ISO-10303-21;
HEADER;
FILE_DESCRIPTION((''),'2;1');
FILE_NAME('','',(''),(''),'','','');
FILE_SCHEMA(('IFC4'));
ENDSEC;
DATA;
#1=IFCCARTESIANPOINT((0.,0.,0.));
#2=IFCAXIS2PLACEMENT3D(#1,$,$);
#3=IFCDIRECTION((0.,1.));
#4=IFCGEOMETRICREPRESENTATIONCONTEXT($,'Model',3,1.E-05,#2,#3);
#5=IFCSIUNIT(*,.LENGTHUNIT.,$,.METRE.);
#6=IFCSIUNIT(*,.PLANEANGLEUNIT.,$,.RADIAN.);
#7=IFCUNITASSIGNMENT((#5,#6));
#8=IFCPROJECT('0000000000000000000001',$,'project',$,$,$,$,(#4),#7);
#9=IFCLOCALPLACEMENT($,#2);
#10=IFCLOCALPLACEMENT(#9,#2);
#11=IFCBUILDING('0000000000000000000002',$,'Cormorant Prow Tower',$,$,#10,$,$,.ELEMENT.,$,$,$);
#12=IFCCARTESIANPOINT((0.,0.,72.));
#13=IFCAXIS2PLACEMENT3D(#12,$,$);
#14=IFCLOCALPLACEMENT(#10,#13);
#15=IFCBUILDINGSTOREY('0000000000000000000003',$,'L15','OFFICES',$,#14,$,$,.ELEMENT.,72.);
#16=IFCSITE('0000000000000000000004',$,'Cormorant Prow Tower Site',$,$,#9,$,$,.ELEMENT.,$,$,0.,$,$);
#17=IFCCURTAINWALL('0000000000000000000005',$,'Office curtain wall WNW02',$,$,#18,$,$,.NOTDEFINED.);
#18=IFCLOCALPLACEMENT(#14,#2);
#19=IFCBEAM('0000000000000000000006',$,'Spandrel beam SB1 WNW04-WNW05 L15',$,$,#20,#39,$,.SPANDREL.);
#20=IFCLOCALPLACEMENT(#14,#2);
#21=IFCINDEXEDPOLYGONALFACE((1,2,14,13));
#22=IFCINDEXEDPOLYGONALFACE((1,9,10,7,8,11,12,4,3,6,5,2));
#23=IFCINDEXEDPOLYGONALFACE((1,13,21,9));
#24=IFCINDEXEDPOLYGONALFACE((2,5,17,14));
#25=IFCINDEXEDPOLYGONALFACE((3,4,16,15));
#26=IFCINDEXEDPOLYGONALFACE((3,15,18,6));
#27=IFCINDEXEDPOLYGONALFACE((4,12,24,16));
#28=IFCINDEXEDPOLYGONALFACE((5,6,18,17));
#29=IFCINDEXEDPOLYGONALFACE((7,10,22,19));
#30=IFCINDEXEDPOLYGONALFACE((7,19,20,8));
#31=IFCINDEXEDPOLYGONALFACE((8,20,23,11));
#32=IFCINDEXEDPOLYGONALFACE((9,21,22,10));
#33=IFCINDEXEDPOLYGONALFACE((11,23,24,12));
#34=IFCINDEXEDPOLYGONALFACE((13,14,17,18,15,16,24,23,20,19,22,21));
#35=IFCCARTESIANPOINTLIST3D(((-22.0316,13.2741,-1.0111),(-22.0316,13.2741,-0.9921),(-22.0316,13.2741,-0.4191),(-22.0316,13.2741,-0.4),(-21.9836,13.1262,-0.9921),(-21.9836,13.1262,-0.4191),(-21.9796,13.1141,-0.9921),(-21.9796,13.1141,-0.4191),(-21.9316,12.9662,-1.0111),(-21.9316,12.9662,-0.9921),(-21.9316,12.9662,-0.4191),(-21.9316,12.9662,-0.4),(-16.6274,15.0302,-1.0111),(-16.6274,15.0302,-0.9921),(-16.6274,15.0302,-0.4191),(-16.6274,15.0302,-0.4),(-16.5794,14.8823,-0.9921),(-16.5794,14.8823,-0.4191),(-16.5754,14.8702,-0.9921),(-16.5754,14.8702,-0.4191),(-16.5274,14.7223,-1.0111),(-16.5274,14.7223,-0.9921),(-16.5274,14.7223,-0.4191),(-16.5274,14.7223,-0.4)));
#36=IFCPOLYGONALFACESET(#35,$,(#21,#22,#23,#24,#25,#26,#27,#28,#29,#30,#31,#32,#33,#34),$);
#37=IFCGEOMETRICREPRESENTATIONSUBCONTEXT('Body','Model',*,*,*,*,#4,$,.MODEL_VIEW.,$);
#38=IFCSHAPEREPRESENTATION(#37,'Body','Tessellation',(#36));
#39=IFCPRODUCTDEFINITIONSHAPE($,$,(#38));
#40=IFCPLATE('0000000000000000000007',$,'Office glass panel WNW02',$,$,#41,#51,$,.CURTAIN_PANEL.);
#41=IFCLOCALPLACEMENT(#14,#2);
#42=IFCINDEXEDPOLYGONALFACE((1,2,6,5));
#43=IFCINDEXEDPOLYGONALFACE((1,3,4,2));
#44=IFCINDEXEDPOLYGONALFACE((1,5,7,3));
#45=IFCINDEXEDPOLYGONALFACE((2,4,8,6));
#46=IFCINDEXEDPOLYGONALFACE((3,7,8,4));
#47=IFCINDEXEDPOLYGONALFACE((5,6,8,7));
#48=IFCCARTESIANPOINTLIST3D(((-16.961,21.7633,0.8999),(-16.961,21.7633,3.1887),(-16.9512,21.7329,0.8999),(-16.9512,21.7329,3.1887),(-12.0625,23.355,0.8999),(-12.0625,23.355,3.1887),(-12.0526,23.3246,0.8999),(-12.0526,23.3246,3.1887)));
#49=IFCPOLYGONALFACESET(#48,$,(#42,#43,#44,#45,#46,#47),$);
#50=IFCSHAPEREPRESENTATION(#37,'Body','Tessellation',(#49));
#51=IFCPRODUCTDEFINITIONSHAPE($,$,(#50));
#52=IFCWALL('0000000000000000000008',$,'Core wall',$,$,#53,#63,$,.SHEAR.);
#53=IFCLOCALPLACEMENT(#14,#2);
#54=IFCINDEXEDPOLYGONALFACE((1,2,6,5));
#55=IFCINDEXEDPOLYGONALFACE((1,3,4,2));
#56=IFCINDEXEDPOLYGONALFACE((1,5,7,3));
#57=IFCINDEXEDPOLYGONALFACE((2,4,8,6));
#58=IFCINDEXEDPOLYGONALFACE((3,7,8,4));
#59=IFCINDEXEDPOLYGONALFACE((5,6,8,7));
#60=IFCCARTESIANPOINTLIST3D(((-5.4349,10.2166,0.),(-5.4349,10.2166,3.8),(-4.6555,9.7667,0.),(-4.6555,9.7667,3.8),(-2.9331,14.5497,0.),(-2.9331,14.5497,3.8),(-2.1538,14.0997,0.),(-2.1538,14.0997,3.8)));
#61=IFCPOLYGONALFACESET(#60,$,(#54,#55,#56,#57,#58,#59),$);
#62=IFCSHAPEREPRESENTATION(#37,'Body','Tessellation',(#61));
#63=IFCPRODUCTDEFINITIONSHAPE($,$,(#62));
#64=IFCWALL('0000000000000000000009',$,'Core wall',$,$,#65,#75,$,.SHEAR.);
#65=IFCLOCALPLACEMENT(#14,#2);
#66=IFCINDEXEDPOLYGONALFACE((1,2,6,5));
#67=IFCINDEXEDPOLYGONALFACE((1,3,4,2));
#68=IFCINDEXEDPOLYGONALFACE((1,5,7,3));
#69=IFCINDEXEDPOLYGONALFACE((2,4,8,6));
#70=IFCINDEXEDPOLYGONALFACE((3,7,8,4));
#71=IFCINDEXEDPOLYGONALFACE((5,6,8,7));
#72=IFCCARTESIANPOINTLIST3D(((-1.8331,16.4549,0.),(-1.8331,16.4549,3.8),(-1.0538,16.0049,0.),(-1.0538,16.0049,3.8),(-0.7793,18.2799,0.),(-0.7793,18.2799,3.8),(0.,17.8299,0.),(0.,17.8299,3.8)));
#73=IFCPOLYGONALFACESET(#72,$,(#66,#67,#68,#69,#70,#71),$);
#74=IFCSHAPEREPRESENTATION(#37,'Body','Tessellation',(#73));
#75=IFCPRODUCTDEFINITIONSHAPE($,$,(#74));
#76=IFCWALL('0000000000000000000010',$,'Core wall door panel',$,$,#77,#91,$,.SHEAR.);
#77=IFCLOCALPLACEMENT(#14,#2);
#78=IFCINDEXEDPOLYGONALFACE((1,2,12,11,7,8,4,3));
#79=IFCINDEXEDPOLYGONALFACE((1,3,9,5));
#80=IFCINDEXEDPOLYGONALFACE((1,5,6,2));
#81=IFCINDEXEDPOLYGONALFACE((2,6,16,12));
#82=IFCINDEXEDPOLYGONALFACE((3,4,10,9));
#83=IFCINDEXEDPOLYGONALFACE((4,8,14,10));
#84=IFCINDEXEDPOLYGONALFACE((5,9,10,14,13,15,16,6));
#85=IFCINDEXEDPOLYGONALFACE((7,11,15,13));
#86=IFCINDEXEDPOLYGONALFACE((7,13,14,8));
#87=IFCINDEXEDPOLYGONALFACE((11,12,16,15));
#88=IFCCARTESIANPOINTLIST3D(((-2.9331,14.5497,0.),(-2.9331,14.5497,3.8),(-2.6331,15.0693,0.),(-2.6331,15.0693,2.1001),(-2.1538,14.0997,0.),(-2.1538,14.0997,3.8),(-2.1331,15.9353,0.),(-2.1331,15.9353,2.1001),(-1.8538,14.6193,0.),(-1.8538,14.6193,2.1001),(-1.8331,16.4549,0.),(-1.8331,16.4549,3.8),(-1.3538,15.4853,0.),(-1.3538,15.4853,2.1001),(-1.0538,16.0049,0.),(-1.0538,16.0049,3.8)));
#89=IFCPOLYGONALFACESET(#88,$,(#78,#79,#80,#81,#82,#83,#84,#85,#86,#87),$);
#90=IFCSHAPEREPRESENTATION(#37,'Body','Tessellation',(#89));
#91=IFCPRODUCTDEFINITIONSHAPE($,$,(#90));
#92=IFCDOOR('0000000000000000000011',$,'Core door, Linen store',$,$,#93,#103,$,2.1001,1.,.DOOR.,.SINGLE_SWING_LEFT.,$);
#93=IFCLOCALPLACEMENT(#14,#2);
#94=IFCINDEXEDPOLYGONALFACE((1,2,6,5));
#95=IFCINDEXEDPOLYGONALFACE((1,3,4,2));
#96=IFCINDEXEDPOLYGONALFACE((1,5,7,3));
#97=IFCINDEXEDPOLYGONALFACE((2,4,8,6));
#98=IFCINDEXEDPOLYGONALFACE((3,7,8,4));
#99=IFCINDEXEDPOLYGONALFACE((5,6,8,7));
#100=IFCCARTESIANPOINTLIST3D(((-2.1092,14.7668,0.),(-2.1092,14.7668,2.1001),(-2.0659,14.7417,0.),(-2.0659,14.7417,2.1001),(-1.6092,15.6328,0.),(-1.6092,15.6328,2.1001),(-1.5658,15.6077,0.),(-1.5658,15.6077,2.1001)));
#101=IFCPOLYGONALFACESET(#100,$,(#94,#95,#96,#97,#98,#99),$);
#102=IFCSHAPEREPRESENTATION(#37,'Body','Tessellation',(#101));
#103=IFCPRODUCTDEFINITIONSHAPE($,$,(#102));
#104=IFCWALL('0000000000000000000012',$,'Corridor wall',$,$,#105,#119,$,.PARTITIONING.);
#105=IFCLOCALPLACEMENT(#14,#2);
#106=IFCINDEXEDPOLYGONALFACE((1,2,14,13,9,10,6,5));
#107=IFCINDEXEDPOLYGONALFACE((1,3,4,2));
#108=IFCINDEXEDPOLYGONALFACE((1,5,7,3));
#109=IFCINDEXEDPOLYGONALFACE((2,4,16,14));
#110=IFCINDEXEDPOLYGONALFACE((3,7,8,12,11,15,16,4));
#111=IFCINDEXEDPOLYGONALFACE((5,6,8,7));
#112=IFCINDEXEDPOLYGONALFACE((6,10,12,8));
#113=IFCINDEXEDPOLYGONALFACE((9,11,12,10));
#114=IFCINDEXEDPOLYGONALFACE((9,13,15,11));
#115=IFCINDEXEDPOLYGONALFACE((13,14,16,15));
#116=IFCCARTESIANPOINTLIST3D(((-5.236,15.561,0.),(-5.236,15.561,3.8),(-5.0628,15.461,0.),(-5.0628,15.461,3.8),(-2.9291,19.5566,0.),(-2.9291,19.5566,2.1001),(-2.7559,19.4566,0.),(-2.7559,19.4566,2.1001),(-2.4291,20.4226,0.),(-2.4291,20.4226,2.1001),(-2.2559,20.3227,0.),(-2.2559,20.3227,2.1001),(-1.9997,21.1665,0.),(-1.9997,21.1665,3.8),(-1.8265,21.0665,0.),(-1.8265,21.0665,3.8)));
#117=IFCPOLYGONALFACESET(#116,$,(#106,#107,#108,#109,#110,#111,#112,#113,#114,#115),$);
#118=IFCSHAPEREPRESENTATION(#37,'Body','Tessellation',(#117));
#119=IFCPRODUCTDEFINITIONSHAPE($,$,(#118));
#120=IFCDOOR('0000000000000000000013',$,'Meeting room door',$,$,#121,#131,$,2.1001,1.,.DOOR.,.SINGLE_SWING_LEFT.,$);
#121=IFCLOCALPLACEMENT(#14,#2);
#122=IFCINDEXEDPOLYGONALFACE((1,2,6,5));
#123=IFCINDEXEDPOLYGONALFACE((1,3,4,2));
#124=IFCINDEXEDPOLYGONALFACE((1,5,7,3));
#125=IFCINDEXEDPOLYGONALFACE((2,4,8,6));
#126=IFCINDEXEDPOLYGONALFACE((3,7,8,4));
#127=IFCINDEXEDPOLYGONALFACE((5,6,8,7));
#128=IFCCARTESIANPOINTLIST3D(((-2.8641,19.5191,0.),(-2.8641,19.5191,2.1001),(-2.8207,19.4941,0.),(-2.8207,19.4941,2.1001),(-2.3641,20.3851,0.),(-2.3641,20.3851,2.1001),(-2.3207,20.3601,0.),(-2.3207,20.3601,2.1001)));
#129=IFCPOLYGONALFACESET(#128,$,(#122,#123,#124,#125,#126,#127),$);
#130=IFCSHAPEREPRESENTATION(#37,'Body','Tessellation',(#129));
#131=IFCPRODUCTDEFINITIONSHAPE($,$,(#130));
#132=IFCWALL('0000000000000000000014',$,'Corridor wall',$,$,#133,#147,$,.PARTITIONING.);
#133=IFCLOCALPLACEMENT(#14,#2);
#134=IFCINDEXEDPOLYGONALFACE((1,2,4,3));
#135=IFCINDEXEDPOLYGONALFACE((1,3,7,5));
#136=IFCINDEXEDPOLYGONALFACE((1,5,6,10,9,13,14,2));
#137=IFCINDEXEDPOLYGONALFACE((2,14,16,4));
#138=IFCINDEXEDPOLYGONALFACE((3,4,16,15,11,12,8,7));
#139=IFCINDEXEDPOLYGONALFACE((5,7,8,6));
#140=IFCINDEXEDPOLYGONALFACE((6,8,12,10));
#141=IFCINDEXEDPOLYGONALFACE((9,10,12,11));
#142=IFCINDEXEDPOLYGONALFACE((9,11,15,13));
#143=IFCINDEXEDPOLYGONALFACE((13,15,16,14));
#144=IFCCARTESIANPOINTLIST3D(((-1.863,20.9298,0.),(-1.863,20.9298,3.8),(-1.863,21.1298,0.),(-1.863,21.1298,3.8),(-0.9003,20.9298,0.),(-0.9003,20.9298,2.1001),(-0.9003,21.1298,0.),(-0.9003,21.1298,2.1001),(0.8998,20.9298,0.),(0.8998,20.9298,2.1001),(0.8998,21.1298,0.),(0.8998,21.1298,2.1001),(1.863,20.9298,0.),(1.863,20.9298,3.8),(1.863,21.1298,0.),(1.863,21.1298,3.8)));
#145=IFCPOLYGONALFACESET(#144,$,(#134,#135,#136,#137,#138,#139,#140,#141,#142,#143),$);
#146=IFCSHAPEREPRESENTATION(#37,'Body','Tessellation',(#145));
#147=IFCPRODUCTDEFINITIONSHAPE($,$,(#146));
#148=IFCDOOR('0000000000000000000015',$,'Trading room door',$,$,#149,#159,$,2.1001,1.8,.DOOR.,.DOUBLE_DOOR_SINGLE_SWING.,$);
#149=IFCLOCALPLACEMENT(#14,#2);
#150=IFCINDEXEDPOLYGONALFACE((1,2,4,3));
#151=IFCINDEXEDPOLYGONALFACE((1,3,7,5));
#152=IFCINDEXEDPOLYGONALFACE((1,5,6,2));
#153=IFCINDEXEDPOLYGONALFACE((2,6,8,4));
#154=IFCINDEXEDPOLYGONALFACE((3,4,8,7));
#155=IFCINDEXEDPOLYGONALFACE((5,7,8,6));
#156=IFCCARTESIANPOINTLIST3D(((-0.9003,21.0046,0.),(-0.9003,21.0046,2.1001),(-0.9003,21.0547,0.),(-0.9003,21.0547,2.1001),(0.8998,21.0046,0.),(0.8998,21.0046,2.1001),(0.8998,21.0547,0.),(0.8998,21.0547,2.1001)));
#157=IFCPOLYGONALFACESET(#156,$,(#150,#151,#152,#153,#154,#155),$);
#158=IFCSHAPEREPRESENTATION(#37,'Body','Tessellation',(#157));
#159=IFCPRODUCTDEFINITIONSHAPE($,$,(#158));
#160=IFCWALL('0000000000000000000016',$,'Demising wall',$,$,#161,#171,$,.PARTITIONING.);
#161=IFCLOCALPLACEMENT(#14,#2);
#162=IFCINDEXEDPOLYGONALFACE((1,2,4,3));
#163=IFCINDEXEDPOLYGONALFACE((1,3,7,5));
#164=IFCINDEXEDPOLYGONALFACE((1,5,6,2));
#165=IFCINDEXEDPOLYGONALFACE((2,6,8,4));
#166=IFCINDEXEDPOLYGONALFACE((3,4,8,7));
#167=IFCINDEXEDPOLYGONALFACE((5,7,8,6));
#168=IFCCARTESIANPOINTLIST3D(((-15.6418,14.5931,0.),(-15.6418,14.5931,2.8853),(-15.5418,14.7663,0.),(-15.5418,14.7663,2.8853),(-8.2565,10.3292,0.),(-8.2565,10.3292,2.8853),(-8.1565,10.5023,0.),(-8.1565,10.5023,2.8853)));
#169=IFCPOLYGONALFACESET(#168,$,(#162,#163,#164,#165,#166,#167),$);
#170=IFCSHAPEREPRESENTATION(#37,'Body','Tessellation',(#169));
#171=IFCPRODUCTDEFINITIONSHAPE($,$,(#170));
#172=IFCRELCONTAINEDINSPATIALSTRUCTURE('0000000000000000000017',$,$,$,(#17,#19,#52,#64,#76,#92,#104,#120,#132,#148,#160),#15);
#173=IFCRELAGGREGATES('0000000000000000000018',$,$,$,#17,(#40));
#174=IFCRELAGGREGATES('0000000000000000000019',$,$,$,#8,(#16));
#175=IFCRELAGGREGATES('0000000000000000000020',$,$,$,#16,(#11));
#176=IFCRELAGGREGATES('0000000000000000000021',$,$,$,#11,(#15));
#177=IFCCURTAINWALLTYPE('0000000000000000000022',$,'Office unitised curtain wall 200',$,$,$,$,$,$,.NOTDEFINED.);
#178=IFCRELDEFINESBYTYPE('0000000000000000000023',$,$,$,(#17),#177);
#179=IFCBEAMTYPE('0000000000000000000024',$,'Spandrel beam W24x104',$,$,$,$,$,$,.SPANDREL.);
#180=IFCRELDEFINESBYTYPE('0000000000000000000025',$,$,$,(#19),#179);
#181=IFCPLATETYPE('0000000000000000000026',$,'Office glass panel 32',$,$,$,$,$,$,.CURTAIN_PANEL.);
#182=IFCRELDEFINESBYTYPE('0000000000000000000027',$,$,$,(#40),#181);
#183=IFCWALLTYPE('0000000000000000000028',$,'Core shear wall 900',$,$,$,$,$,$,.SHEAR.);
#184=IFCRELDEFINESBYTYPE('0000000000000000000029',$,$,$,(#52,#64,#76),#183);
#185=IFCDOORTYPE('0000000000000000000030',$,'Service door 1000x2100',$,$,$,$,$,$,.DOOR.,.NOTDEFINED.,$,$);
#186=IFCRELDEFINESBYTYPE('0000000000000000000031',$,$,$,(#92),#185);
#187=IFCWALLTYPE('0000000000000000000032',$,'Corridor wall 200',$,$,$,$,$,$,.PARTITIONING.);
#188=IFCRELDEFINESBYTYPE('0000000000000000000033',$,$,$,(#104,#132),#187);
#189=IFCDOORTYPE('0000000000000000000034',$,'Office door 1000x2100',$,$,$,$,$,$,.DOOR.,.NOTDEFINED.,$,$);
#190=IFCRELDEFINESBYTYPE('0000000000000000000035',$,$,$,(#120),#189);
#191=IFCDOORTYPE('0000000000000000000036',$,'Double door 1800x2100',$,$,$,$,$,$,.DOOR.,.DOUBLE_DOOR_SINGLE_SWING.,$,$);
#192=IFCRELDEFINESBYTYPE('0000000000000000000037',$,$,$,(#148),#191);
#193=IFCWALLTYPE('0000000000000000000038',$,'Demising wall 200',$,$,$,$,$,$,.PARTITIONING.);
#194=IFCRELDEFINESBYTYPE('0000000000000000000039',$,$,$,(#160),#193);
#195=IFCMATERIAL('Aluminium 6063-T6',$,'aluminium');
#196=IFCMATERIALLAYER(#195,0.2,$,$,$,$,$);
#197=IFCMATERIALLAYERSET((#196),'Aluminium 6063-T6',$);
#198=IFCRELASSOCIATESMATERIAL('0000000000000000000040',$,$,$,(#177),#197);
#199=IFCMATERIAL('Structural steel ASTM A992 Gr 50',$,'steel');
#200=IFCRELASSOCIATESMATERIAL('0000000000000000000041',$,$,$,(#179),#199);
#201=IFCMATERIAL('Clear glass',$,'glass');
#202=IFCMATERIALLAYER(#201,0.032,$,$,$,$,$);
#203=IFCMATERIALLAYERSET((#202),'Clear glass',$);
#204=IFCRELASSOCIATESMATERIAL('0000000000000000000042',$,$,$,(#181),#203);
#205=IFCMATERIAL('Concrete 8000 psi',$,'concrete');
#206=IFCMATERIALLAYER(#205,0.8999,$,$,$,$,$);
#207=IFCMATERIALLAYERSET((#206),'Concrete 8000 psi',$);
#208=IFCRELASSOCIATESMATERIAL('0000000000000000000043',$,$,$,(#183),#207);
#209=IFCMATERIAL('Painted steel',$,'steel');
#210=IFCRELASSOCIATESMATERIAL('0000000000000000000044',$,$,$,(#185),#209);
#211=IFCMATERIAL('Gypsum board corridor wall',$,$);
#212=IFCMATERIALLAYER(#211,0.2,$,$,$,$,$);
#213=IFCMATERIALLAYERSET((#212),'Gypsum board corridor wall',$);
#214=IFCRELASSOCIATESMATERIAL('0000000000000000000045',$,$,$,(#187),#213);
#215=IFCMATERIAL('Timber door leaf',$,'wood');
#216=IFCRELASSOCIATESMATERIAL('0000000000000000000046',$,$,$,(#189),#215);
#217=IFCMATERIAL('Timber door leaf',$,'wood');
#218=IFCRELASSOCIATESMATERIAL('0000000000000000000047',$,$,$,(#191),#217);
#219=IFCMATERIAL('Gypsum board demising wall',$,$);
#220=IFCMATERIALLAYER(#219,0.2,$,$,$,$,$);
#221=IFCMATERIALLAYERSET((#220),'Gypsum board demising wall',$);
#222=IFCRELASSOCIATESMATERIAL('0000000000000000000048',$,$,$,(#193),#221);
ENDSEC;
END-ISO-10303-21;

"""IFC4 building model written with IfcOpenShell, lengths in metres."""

from ifc_helpers import new_model, si_unit, direction, frame, frame_2d, origin, origin_2d, place, context, subcontext, project, spatial, rectangle, i_section, extrude, material, layer, layer_set, material_profile, profile_set, type_object, element, fill, aggregate, save


model = new_model("IFC4")

# Units and contexts
model_context = context("Model", 3, precision=1e-05, world=origin(), true_north=direction((0.0, 1.0)))
body_context = subcontext(model_context, "Body", "Model", "MODEL_VIEW")
ifc_project = project(units=[si_unit("LENGTHUNIT", "METRE"), si_unit("PLANEANGLEUNIT", "RADIAN")], contexts=[model_context])

# Site, building, storey
site_placement = place(None, origin())
site = spatial("IfcSite", under=ifc_project, at=site_placement, Name="Cormorant Prow Tower Site", CompositionType="ELEMENT", RefElevation=0.0)
building_placement = place(site_placement, origin())
building = spatial("IfcBuilding", under=site, at=building_placement, Name="Cormorant Prow Tower", CompositionType="ELEMENT")
storey_placement = place(building_placement, frame((0.0, 0.0, 72.0)))
storey = spatial("IfcBuildingStorey", under=building, at=storey_placement, Name="L15", Description="OFFICES", CompositionType="ELEMENT", Elevation=72.0)

# Curtain wall
ifc_material_1 = material(Name="Aluminium 6063-T6", Category="aluminium")
ifc_layer_1 = layer(ifc_material_1, 0.2)
ifc_layer_set_1 = layer_set([ifc_layer_1], Name="Aluminium 6063-T6")
curtain_wall_type = type_object("IfcCurtainWallType", Name="Office unitised curtain wall 200", PredefinedType="NOTDEFINED", material=ifc_layer_set_1)
curtain_wall_1_placement = place(storey_placement, origin())
curtain_wall_1 = element("IfcCurtainWall", 1, at=curtain_wall_1_placement, inside=storey, type_object=curtain_wall_type, Name="Office curtain wall WNW02", PredefinedType="NOTDEFINED")

# Beam
ifc_material_2 = material(Name="Structural steel ASTM A992 Gr 50", Category="steel")
ifc_material_profile_1 = material_profile(ifc_material_2, i_section(OverallWidth=0.3237, OverallDepth=0.6111, WebThickness=0.0127, FlangeThickness=0.019, at=origin_2d()), Name="W24x104")
ifc_profile_set_1 = profile_set([ifc_material_profile_1], Name="Structural steel ASTM A992 Gr 50")
beam_type_1 = type_object("IfcBeamType", Name="Spandrel beam W24x104", PredefinedType="SPANDREL", material=ifc_profile_set_1)
beam_1_placement = place(storey_placement, frame((-16.5774, 14.8762, -0.7056), z_axis=(-0.951049, -0.309039, 0.0), x_axis=(0.309039, -0.951049, 0.0)))
element("IfcBeam", 2, at=beam_1_placement, inside=storey, type_object=beam_type_1, Name="Spandrel beam SB1 WNW04-WNW05 L15", PredefinedType="SPANDREL", context=body_context, shape_type="SweptSolid", body=[
    extrude(i_section(OverallWidth=0.3237, OverallDepth=0.6111, WebThickness=0.0127, FlangeThickness=0.019, at=origin_2d()), origin(), (0.0, 0.0, 1.0), 5.6824),
])

# Plate
ifc_material_3 = material(Name="Clear glass", Category="glass")
ifc_layer_2 = layer(ifc_material_3, 0.032)
ifc_layer_set_2 = layer_set([ifc_layer_2], Name="Clear glass")
plate_type = type_object("IfcPlateType", Name="Office glass panel 32", PredefinedType="CURTAIN_PANEL", material=ifc_layer_set_2)
plate_placement = place(storey_placement, frame((-14.5068, 22.5439, 0.8999), z_axis=(0.0, 0.0, 1.0), x_axis=(-0.951057, -0.309017, 0.0)))
plate = element("IfcPlate", 3, at=plate_placement, type_object=plate_type, Name="Office glass panel WNW02", PredefinedType="CURTAIN_PANEL", context=body_context, shape_type="SweptSolid", body=[
    extrude(rectangle(XDim=5.1506, YDim=0.032, at=origin_2d()), origin(), (0.0, 0.0, 1.0), 2.2888),
])
aggregate(curtain_wall_1, [plate])

# Walls
ifc_material_4 = material(Name="Concrete 8000 psi", Category="concrete")
ifc_layer_3 = layer(ifc_material_4, 0.8999)
ifc_layer_set_3 = layer_set([ifc_layer_3], Name="Concrete 8000 psi")
wall_type_1 = type_object("IfcWallType", Name="Core shear wall 900", PredefinedType="SHEAR", material=ifc_layer_set_3)
wall_1_placement = place(storey_placement, frame((-2.5435, 14.3247, 0.0), z_axis=(0.0, 0.0, 1.0), x_axis=(-0.500007, -0.866021, 0.0)))
element("IfcWall", 4, at=wall_1_placement, inside=storey, type_object=wall_type_1, Name="Core wall", PredefinedType="SHEAR", context=body_context, shape_type="SweptSolid", body=[
    extrude(rectangle(XDim=5.0034, YDim=0.8999, at=frame_2d((2.5017, 0.0))), origin(), (0.0, 0.0, 1.0), 3.8),
])
wall_2_placement = place(storey_placement, frame((-0.3896, 18.0549, 0.0), z_axis=(0.0, 0.0, 1.0), x_axis=(-0.500027, -0.86601, 0.0)))
element("IfcWall", 5, at=wall_2_placement, inside=storey, type_object=wall_type_1, Name="Core wall", PredefinedType="SHEAR", context=body_context, shape_type="SweptSolid", body=[
    extrude(rectangle(XDim=2.1074, YDim=0.8999, at=frame_2d((1.0537, 0.0))), origin(), (0.0, 0.0, 1.0), 3.8),
])

# Walls, openings, doors
wall_3_placement = place(storey_placement, frame((-1.4434, 16.23, 0.0), z_axis=(0.0, 0.0, 1.0), x_axis=(-0.50003, -0.866008, 0.0)))
wall_3 = element("IfcWall", 6, at=wall_3_placement, inside=storey, type_object=wall_type_1, Name="Core wall door panel", PredefinedType="SHEAR", context=body_context, shape_type="SweptSolid", body=[
    extrude(rectangle(XDim=2.2, YDim=0.8999, at=frame_2d((1.1001, 0.0))), origin(), (0.0, 0.0, 1.0), 3.8),
])
opening_1_placement = place(wall_3_placement, frame((0.6001, 0.0, 0.0)))
opening_1 = element("IfcOpeningElement", 7, at=opening_1_placement, cuts=wall_3, PredefinedType="OPENING", context=body_context, shape_type="SweptSolid", body=[
    extrude(rectangle(XDim=1.0, YDim=2.1001, at=frame_2d((0.5, 1.05))), frame((0.0, 0.46, 0.0), z_axis=(0.0, -1.0, 0.0), x_axis=(1.0, 0.0, 0.0)), (0.0, 0.0, 1.0), 0.9199),
])
ifc_material_5 = material(Name="Painted steel", Category="steel")
door_type_1 = type_object("IfcDoorType", Name="Service door 1000x2100", OperationType="NOTDEFINED", PredefinedType="DOOR", material=ifc_material_5)
door_1_placement = place(opening_1_placement, origin())
door_1 = element("IfcDoor", 8, at=door_1_placement, inside=storey, type_object=door_type_1, Name="Core door, Linen store", OperationType="SINGLE_SWING_LEFT", OverallHeight=2.1001, OverallWidth=1.0, PredefinedType="DOOR", context=body_context, shape_type="SweptSolid", body=[
    extrude(rectangle(XDim=1.0, YDim=2.1001, at=frame_2d((0.5, 1.05))), frame((0.0, 0.2051, 0.0), z_axis=(0.0, -1.0, 0.0), x_axis=(1.0, 0.0, 0.0)), (0.0, 0.0, 1.0), 0.05),
])
fill(opening_1, door_1)
ifc_material_6 = material(Name="Gypsum board corridor wall")
ifc_layer_4 = layer(ifc_material_6, 0.2)
ifc_layer_set_4 = layer_set([ifc_layer_4], Name="Gypsum board corridor wall")
wall_type_2 = type_object("IfcWallType", Name="Corridor wall 200", PredefinedType="PARTITIONING", material=ifc_layer_set_4)
wall_4_placement = place(storey_placement, frame((-5.1494, 15.511, 0.0), z_axis=(0.0, 0.0, 1.0), x_axis=(0.500001, 0.866025, 0.0)))
wall_4 = element("IfcWall", 9, at=wall_4_placement, inside=storey, type_object=wall_type_2, Name="Corridor wall", PredefinedType="PARTITIONING", context=body_context, shape_type="SweptSolid", body=[
    extrude(rectangle(XDim=6.4727, YDim=0.2, at=frame_2d((3.2363, 0.0))), origin(), (0.0, 0.0, 1.0), 3.8),
])
opening_2_placement = place(wall_4_placement, frame((4.6138, 0.0, 0.0)))
opening_2 = element("IfcOpeningElement", 10, at=opening_2_placement, cuts=wall_4, PredefinedType="OPENING", context=body_context, shape_type="SweptSolid", body=[
    extrude(rectangle(XDim=1.0, YDim=2.1001, at=frame_2d((0.5, 1.05))), frame((0.0, 0.1099, 0.0), z_axis=(0.0, -1.0, 0.0), x_axis=(1.0, 0.0, 0.0)), (0.0, 0.0, 1.0), 0.22),
])
ifc_material_7 = material(Name="Timber door leaf", Category="wood")
door_type_2 = type_object("IfcDoorType", Name="Office door 1000x2100", OperationType="NOTDEFINED", PredefinedType="DOOR", material=ifc_material_7)
door_2_placement = place(opening_2_placement, origin())
door_2 = element("IfcDoor", 11, at=door_2_placement, inside=storey, type_object=door_type_2, Name="Meeting room door", OperationType="SINGLE_SWING_LEFT", OverallHeight=2.1001, OverallWidth=1.0, PredefinedType="DOOR", context=body_context, shape_type="SweptSolid", body=[
    extrude(rectangle(XDim=1.0, YDim=2.1001, at=frame_2d((0.5, 1.05))), frame((0.0, 0.0249, 0.0), z_axis=(0.0, -1.0, 0.0), x_axis=(1.0, 0.0, 0.0)), (0.0, 0.0, 1.0), 0.05),
])
fill(opening_2, door_2)
wall_5_placement = place(storey_placement, frame((-1.863, 21.0298, 0.0), z_axis=(0.0, 0.0, 1.0), x_axis=(1.0, 0.0, 0.0)))
wall_5 = element("IfcWall", 12, at=wall_5_placement, inside=storey, type_object=wall_type_2, Name="Corridor wall", PredefinedType="PARTITIONING", context=body_context, shape_type="SweptSolid", body=[
    extrude(rectangle(XDim=3.7261, YDim=0.2, at=frame_2d((1.863, 0.0))), origin(), (0.0, 0.0, 1.0), 3.8),
])
opening_3_placement = place(wall_5_placement, frame((0.9629, 0.0, 0.0)))
opening_3 = element("IfcOpeningElement", 13, at=opening_3_placement, cuts=wall_5, PredefinedType="OPENING", context=body_context, shape_type="SweptSolid", body=[
    extrude(rectangle(XDim=1.8, YDim=2.1001, at=frame_2d((0.8999, 1.05))), frame((0.0, 0.1099, 0.0), z_axis=(0.0, -1.0, 0.0), x_axis=(1.0, 0.0, 0.0)), (0.0, 0.0, 1.0), 0.22),
])
ifc_material_8 = material(Name="Timber door leaf", Category="wood")
door_type_3 = type_object("IfcDoorType", Name="Double door 1800x2100", OperationType="DOUBLE_DOOR_SINGLE_SWING", PredefinedType="DOOR", material=ifc_material_8)
door_3_placement = place(opening_3_placement, origin())
door_3 = element("IfcDoor", 14, at=door_3_placement, inside=storey, type_object=door_type_3, Name="Trading room door", OperationType="DOUBLE_DOOR_SINGLE_SWING", OverallHeight=2.1001, OverallWidth=1.8, PredefinedType="DOOR", context=body_context, shape_type="SweptSolid", body=[
    extrude(rectangle(XDim=1.8, YDim=2.1001, at=frame_2d((0.8999, 1.05))), frame((0.0, 0.0249, 0.0), z_axis=(0.0, -1.0, 0.0), x_axis=(1.0, 0.0, 0.0)), (0.0, 0.0, 1.0), 0.05),
])
fill(opening_3, door_3)

# Wall
ifc_material_9 = material(Name="Gypsum board demising wall")
ifc_layer_5 = layer(ifc_material_9, 0.2)
ifc_layer_set_5 = layer_set([ifc_layer_5], Name="Gypsum board demising wall")
wall_type_3 = type_object("IfcWallType", Name="Demising wall 200", PredefinedType="PARTITIONING", material=ifc_layer_set_5)
wall_6_placement = place(storey_placement, frame((-15.5918, 14.6797, 0.0), z_axis=(0.0, 0.0, 1.0), x_axis=(0.866023, -0.500003, 0.0)))
element("IfcWall", 15, at=wall_6_placement, inside=storey, type_object=wall_type_3, Name="Demising wall", PredefinedType="PARTITIONING", context=body_context, shape_type="SweptSolid", body=[
    extrude(rectangle(XDim=8.5278, YDim=0.2, at=frame_2d((4.2639, 0.0))), origin(), (0.0, 0.0, 1.0), 2.8853),
])

save(model, "model.ifc")
